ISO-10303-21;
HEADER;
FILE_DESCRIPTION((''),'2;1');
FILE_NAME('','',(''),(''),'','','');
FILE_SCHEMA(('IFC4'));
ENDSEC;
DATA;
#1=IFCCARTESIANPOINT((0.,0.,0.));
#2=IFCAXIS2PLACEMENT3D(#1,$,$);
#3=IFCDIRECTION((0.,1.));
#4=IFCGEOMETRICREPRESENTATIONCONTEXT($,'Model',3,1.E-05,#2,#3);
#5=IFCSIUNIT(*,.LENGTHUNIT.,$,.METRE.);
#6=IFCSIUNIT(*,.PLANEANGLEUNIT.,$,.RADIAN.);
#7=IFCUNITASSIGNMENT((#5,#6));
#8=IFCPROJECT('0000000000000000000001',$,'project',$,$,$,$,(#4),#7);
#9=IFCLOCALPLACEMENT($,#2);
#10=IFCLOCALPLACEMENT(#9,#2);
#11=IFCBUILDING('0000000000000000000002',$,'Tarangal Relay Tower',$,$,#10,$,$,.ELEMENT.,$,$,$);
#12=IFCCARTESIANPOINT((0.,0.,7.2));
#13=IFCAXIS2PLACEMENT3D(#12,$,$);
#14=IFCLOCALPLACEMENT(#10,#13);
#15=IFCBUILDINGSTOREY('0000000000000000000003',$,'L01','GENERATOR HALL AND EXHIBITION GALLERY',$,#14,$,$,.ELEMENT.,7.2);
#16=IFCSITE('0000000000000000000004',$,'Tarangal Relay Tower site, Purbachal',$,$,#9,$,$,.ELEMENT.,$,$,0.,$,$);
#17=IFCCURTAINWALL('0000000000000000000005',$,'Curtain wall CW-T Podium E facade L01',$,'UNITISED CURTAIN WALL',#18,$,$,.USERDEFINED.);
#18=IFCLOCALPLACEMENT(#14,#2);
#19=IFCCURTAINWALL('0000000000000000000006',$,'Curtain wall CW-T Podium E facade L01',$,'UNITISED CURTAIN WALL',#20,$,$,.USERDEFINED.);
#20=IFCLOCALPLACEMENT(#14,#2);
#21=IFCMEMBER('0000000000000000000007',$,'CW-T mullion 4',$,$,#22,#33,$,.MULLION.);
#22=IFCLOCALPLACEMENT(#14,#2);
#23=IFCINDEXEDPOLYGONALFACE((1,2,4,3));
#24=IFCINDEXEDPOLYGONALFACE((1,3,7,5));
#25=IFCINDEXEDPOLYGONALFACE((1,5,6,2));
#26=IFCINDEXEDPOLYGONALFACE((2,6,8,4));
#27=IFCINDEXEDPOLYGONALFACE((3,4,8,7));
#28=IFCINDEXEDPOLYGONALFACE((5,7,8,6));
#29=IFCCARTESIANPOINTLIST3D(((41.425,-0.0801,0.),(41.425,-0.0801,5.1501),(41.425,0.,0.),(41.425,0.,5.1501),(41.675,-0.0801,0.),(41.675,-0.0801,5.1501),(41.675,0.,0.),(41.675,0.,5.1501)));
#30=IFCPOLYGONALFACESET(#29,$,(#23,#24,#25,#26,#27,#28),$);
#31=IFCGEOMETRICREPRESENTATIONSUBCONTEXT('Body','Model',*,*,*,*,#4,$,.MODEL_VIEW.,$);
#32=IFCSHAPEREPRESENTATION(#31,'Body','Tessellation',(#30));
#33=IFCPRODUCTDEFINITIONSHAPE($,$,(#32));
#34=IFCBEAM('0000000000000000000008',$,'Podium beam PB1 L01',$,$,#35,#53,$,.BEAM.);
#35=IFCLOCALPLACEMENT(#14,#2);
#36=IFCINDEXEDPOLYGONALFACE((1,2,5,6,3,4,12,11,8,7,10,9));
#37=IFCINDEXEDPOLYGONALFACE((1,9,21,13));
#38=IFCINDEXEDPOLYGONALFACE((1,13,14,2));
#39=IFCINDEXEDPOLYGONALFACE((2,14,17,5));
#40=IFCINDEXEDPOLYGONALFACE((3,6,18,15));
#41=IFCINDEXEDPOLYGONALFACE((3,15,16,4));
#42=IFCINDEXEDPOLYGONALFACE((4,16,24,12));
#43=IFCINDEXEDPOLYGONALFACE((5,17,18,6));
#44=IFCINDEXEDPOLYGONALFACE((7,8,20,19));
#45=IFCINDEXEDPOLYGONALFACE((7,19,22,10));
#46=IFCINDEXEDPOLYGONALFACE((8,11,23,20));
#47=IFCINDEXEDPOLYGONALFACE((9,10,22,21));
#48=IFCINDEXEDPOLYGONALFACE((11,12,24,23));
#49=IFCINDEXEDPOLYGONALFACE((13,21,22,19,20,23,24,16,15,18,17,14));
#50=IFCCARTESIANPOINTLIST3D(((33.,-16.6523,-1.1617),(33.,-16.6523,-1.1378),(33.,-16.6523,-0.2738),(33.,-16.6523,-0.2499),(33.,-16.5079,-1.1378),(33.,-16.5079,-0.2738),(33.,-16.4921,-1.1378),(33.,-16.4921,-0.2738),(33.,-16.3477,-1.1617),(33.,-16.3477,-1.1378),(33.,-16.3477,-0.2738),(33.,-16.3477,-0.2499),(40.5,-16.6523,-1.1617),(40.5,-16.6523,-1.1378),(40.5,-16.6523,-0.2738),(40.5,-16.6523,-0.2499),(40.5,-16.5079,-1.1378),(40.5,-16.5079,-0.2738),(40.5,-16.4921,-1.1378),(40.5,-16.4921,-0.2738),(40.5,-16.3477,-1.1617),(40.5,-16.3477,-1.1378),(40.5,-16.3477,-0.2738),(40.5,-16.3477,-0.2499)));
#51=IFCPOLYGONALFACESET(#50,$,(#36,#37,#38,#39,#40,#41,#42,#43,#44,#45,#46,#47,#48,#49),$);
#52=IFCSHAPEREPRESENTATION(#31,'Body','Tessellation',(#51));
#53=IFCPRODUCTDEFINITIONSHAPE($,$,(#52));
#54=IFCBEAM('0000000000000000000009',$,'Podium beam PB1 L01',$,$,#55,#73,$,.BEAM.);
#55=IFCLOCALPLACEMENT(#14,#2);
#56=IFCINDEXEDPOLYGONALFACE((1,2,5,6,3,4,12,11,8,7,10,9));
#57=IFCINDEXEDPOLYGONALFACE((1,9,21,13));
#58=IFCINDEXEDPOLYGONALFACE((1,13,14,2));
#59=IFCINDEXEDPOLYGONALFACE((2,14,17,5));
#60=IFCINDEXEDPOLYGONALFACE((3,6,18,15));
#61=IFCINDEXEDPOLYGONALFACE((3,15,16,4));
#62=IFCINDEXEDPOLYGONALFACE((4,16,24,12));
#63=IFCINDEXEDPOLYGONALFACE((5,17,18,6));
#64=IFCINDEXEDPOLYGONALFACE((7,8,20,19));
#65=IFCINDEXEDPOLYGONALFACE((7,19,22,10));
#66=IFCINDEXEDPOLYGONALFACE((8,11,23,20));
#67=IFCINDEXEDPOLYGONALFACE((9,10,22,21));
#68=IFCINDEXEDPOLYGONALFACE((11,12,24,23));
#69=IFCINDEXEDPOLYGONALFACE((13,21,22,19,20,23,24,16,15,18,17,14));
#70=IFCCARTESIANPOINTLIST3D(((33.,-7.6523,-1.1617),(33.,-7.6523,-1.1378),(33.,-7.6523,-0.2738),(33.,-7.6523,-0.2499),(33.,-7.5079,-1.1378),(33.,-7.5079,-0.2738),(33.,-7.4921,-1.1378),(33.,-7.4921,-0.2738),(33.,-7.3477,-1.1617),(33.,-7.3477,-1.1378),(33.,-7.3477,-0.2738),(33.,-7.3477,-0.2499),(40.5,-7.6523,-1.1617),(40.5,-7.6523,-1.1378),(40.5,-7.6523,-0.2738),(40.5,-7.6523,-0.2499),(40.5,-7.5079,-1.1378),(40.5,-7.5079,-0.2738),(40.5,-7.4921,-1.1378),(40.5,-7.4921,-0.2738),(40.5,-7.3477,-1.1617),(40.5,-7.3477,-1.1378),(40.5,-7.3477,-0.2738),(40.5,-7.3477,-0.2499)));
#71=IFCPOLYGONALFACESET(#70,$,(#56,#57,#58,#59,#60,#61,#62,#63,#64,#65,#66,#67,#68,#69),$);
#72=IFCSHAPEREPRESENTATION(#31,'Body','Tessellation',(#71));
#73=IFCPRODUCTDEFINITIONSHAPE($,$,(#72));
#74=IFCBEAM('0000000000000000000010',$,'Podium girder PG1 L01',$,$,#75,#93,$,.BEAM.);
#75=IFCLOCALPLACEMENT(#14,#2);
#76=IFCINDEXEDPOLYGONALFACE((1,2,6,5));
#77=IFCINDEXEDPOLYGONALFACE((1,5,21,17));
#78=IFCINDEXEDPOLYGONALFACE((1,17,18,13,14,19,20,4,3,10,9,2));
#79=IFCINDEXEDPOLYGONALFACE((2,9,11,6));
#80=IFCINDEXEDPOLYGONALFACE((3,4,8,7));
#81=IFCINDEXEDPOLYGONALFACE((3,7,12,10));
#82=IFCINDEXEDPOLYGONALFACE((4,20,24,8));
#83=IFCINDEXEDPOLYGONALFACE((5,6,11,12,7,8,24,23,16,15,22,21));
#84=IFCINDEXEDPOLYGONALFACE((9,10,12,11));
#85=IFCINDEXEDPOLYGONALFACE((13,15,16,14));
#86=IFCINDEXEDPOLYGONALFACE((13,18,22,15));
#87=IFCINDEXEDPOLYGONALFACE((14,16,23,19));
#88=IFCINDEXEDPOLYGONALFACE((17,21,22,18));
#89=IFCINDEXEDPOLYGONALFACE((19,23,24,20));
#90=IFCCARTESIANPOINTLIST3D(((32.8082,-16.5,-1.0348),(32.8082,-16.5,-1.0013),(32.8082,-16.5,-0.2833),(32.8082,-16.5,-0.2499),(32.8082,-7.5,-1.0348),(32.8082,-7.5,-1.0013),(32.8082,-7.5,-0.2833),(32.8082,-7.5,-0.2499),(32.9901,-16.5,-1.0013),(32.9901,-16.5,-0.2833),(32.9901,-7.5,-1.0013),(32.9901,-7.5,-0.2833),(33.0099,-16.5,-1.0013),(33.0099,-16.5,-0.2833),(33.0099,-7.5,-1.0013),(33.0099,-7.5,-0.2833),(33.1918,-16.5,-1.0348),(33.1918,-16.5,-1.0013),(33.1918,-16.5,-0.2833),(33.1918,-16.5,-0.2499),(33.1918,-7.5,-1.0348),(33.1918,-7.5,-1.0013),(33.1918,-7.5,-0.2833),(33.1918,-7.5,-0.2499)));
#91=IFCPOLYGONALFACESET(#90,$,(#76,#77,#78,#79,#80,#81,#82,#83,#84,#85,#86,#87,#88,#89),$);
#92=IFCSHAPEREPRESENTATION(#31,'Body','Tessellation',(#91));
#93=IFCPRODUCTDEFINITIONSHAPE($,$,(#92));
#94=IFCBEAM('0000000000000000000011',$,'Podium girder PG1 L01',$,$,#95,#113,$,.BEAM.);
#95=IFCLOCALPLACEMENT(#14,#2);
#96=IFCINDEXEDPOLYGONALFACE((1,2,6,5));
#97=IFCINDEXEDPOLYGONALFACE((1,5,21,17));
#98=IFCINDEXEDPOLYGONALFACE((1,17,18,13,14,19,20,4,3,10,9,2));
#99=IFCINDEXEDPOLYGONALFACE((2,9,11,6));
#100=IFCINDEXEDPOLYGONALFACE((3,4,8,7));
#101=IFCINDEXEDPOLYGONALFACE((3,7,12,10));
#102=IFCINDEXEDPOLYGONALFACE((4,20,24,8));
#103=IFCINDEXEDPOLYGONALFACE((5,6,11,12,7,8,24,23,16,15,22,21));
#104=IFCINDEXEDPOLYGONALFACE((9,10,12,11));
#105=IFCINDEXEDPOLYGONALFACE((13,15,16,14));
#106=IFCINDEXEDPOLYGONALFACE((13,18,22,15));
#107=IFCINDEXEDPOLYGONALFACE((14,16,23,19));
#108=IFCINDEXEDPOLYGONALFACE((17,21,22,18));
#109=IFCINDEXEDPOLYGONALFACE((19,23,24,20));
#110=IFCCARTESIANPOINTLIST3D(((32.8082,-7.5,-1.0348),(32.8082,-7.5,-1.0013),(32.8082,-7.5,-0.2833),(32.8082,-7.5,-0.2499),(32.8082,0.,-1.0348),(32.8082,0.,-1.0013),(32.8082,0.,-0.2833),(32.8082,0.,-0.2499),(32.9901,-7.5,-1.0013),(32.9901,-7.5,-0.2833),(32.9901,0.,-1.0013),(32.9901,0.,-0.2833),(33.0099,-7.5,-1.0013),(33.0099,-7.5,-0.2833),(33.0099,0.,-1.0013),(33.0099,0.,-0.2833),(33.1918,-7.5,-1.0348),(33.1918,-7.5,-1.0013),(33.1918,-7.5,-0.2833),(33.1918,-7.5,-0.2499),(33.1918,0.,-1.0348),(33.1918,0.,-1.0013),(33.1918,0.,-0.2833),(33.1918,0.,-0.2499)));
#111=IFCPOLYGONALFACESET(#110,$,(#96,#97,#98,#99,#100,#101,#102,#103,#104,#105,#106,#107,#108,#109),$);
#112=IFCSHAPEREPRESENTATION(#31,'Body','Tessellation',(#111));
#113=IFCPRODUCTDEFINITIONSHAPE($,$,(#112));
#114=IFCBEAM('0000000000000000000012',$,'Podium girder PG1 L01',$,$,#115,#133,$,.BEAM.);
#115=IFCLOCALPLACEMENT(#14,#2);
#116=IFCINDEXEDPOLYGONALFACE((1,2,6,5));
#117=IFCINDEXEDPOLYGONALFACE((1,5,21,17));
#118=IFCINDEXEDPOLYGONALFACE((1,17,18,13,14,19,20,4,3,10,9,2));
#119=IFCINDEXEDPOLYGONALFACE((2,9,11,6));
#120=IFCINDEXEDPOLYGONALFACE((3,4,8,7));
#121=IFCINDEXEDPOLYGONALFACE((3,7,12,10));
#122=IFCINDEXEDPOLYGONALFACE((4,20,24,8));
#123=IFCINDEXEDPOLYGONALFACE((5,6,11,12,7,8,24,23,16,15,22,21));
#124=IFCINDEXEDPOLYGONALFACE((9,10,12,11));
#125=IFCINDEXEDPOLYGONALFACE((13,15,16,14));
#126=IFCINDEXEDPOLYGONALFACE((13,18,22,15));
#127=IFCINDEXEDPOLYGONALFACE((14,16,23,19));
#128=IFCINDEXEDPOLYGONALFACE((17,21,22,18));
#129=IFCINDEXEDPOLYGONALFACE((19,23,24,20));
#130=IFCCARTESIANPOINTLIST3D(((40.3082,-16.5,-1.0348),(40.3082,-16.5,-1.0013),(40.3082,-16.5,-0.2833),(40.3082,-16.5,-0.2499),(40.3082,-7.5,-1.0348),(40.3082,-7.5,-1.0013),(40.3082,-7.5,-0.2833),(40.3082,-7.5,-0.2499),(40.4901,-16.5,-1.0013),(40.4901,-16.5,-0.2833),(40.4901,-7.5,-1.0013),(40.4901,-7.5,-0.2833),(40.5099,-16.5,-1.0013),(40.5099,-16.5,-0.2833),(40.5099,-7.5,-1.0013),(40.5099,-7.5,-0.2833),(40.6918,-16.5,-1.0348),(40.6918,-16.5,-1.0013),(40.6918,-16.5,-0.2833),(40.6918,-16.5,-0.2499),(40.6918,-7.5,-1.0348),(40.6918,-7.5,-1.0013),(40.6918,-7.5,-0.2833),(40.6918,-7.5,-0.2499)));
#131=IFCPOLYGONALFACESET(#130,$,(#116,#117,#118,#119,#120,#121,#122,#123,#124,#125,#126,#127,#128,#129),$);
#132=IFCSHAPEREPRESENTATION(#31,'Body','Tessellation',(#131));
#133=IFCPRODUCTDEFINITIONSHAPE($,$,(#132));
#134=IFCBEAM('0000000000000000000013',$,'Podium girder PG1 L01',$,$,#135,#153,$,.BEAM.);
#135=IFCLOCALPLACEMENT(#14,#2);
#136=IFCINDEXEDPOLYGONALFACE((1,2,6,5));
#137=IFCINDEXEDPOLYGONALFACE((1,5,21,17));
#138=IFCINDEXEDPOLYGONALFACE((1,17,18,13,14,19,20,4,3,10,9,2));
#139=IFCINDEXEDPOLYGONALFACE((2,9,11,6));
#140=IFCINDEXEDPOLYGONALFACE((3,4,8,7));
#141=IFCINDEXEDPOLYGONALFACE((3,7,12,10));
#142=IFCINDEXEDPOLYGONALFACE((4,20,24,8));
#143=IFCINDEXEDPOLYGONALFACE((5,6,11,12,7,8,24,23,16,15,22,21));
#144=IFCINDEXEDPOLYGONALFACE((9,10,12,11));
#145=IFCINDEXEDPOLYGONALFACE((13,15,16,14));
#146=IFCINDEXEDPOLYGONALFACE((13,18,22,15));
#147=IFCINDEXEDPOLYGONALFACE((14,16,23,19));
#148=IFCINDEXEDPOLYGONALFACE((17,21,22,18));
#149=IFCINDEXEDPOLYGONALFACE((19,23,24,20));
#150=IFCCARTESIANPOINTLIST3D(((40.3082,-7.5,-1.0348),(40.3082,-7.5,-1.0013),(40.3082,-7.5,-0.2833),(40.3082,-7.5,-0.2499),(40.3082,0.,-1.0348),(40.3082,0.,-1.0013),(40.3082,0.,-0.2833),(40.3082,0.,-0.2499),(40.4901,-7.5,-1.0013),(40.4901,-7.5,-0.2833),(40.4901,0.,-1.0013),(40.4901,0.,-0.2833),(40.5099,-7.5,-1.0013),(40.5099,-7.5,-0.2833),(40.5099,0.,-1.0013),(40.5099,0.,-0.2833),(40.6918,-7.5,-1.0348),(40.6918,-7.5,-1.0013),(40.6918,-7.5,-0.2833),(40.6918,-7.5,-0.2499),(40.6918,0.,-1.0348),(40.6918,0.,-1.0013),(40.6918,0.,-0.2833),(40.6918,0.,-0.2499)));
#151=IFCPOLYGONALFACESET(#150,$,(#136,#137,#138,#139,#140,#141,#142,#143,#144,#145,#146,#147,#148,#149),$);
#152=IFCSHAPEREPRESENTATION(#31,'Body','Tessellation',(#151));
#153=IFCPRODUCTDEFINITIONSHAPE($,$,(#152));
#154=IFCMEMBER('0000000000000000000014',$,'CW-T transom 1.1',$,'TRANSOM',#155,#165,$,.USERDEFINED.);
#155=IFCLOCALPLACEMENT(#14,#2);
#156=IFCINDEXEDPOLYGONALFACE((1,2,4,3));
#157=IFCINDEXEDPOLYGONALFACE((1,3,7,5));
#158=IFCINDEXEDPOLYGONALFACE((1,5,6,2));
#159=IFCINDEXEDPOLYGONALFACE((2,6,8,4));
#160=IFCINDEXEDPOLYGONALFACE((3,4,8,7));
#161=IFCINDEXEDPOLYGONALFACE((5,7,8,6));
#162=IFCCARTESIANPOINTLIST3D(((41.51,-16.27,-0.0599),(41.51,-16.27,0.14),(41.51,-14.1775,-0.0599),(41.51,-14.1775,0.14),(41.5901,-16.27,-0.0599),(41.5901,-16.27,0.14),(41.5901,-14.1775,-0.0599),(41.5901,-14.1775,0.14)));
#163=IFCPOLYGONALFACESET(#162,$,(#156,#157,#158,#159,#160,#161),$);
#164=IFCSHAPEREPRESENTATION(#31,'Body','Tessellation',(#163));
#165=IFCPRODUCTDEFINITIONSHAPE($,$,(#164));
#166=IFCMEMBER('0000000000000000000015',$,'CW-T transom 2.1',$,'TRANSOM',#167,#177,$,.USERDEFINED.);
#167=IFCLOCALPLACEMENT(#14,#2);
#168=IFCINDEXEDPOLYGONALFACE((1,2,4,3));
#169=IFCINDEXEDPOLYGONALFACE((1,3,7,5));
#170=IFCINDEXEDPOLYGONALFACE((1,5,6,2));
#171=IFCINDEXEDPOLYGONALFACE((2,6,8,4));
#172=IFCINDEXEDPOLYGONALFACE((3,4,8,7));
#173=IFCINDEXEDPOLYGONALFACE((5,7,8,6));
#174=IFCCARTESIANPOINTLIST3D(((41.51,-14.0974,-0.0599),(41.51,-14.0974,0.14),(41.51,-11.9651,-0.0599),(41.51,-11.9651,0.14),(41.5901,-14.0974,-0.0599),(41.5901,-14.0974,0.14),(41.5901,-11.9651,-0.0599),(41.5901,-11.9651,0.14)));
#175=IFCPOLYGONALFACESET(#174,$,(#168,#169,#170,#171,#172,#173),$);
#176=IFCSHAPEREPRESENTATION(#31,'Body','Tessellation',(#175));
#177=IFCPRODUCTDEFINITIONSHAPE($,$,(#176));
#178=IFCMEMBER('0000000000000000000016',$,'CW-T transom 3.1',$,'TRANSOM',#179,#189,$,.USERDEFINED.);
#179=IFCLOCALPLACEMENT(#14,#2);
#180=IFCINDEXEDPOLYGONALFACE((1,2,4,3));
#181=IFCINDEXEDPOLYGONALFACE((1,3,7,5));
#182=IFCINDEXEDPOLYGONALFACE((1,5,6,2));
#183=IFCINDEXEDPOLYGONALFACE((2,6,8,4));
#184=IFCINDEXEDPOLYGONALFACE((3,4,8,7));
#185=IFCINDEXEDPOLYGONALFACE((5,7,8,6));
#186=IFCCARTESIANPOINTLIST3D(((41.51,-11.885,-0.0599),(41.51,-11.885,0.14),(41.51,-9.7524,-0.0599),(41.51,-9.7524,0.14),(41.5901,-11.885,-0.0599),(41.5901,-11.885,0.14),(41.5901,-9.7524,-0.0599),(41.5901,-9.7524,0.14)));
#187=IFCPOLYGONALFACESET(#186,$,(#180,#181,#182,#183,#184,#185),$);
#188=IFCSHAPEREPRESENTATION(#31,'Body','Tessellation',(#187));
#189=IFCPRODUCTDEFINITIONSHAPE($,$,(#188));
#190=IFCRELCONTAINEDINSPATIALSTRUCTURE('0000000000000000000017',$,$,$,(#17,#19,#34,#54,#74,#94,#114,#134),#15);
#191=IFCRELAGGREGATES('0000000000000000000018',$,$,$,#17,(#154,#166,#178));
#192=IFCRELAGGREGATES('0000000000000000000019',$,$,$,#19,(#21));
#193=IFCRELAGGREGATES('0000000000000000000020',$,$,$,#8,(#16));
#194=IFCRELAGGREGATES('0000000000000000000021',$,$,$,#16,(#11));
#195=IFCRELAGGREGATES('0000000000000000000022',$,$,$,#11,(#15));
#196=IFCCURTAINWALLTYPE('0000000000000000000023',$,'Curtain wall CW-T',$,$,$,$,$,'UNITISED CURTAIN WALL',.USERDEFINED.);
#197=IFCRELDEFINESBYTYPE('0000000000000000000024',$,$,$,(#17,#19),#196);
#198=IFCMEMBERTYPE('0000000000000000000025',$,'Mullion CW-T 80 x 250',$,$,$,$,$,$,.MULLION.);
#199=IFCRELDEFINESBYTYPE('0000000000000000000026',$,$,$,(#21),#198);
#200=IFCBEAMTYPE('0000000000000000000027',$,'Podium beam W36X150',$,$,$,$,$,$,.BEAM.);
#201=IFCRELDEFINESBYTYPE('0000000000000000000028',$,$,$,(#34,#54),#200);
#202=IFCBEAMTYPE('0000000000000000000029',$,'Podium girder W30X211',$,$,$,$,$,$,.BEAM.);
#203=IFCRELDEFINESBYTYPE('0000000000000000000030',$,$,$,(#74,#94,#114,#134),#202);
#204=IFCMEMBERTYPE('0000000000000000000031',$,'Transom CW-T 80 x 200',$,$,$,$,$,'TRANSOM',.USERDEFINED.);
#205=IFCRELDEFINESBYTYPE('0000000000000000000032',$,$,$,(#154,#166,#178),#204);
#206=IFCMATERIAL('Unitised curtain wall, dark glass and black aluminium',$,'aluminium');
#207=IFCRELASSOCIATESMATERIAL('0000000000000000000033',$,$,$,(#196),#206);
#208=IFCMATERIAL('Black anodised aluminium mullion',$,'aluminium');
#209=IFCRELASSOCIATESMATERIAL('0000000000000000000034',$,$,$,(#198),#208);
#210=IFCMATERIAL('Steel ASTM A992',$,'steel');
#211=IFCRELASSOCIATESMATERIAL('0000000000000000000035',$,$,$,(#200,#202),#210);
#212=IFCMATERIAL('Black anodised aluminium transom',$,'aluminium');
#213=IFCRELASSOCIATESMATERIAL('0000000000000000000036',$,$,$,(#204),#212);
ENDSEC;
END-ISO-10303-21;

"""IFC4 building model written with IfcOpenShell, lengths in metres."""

from ifc_helpers import new_model, si_unit, direction, frame, origin, origin_2d, place, context, subcontext, project, spatial, rectangle, i_section, extrude, material, material_profile, profile_set, type_object, element, aggregate, save


model = new_model("IFC4")

# Units and contexts
model_context = context("Model", 3, precision=1e-05, world=origin(), true_north=direction((0.0, 1.0)))
body_context = subcontext(model_context, "Body", "Model", "MODEL_VIEW")
ifc_project = project(units=[si_unit("LENGTHUNIT", "METRE"), si_unit("PLANEANGLEUNIT", "RADIAN")], contexts=[model_context])

# Site, building, storey
site_placement = place(None, origin())
site = spatial("IfcSite", under=ifc_project, at=site_placement, Name="Tarangal Relay Tower site, Purbachal", CompositionType="ELEMENT", RefElevation=0.0)
building_placement = place(site_placement, origin())
building = spatial("IfcBuilding", under=site, at=building_placement, Name="Tarangal Relay Tower", CompositionType="ELEMENT")
storey_placement = place(building_placement, frame((0.0, 0.0, 7.2)))
storey = spatial("IfcBuildingStorey", under=building, at=storey_placement, Name="L01", Description="GENERATOR HALL AND EXHIBITION GALLERY", CompositionType="ELEMENT", Elevation=7.2)

# Shared definitions
ifc_material_1 = material(Name="Steel ASTM A992", Category="steel")

# Shared definitions
ifc_material_2 = material(Name="Unitised curtain wall, dark glass and black aluminium", Category="aluminium")
ifc_material_3 = material(Name="Black anodised aluminium mullion", Category="aluminium")

# Curtain walls, member
curtain_wall_type_1 = type_object("IfcCurtainWallType", Name="Curtain wall CW-T", ElementType="UNITISED CURTAIN WALL", PredefinedType="USERDEFINED", material=ifc_material_2)
curtain_wall_1_placement = place(storey_placement, origin())
curtain_wall_1 = element("IfcCurtainWall", 1, at=curtain_wall_1_placement, inside=storey, type_object=curtain_wall_type_1, Name="Curtain wall CW-T Podium E facade L01", ObjectType="UNITISED CURTAIN WALL", PredefinedType="USERDEFINED")
ifc_material_profile_1 = material_profile(ifc_material_3, rectangle(XDim=0.25, YDim=0.0801, at=origin_2d()), Name="CW-TM 80X250")
ifc_profile_set_1 = profile_set([ifc_material_profile_1], Name="Black anodised aluminium mullion")
member_type_1 = type_object("IfcMemberType", Name="Mullion CW-T 80 x 250", PredefinedType="MULLION", material=ifc_profile_set_1)
curtain_wall_2_placement = place(storey_placement, origin())
curtain_wall_2 = element("IfcCurtainWall", 2, at=curtain_wall_2_placement, inside=storey, type_object=curtain_wall_type_1, Name="Curtain wall CW-T Podium E facade L01", ObjectType="UNITISED CURTAIN WALL", PredefinedType="USERDEFINED")
member_1_placement = place(storey_placement, frame((41.55, -0.04, 0.0), z_axis=(0.0, 0.0, 1.0), x_axis=(-1.0, 0.0, 0.0)))
member_1 = element("IfcMember", 3, at=member_1_placement, type_object=member_type_1, Name="CW-T mullion 4", PredefinedType="MULLION", context=body_context, shape_type="SweptSolid", body=[
    extrude(rectangle(XDim=0.25, YDim=0.0801, at=origin_2d()), origin(), (0.0, 0.0, 1.0), 5.1501),
])

# Beams
ifc_material_profile_2 = material_profile(ifc_material_1, i_section(OverallWidth=0.3047, OverallDepth=0.9119, WebThickness=0.0159, FlangeThickness=0.0239, at=origin_2d()), Name="W36X150")
ifc_profile_set_2 = profile_set([ifc_material_profile_2], Name="Steel ASTM A992")
beam_type_1 = type_object("IfcBeamType", Name="Podium beam W36X150", PredefinedType="BEAM", material=ifc_profile_set_2)
for number, where, z_axis, x_axis, name in (
    (4, (33.0, -16.5, -0.7058), (1.0, 0.0, 0.0), (0.0, 1.0, 0.0), "Podium beam PB1 L01"),
    (5, (33.0, -7.5, -0.7058), (1.0, 0.0, 0.0), (0.0, 1.0, 0.0), "Podium beam PB1 L01"),
):
    element("IfcBeam", number, at=place(storey_placement, frame(where, z_axis=z_axis, x_axis=x_axis)), inside=storey, type_object=beam_type_1, Name=name, PredefinedType="BEAM", context=body_context, shape_type="SweptSolid", body=[
        extrude(i_section(OverallWidth=0.3047, OverallDepth=0.9119, WebThickness=0.0159, FlangeThickness=0.0239, at=origin_2d()), origin(), (0.0, 0.0, 1.0), 7.5),
    ])
ifc_material_profile_3 = material_profile(ifc_material_1, i_section(OverallWidth=0.3835, OverallDepth=0.7849, WebThickness=0.0198, FlangeThickness=0.0334, at=origin_2d()), Name="W30X211")
ifc_profile_set_3 = profile_set([ifc_material_profile_3], Name="Steel ASTM A992")
beam_type_2 = type_object("IfcBeamType", Name="Podium girder W30X211", PredefinedType="BEAM", material=ifc_profile_set_3)
beam_1_placement = place(storey_placement, frame((33.0, -16.5, -0.6423), z_axis=(0.0, 1.0, 0.0), x_axis=(-1.0, 0.0, 0.0)))
element("IfcBeam", 6, at=beam_1_placement, inside=storey, type_object=beam_type_2, Name="Podium girder PG1 L01", PredefinedType="BEAM", context=body_context, shape_type="SweptSolid", body=[
    extrude(i_section(OverallWidth=0.3835, OverallDepth=0.7849, WebThickness=0.0198, FlangeThickness=0.0334, at=origin_2d()), origin(), (0.0, 0.0, 1.0), 9.0),
])
beam_2_placement = place(storey_placement, frame((33.0, -7.5, -0.6423), z_axis=(0.0, 1.0, 0.0), x_axis=(-1.0, 0.0, 0.0)))
element("IfcBeam", 7, at=beam_2_placement, inside=storey, type_object=beam_type_2, Name="Podium girder PG1 L01", PredefinedType="BEAM", context=body_context, shape_type="SweptSolid", body=[
    extrude(i_section(OverallWidth=0.3835, OverallDepth=0.7849, WebThickness=0.0198, FlangeThickness=0.0334, at=origin_2d()), origin(), (0.0, 0.0, 1.0), 7.5),
])
beam_3_placement = place(storey_placement, frame((40.5, -16.5, -0.6423), z_axis=(0.0, 1.0, 0.0), x_axis=(-1.0, 0.0, 0.0)))
element("IfcBeam", 8, at=beam_3_placement, inside=storey, type_object=beam_type_2, Name="Podium girder PG1 L01", PredefinedType="BEAM", context=body_context, shape_type="SweptSolid", body=[
    extrude(i_section(OverallWidth=0.3835, OverallDepth=0.7849, WebThickness=0.0198, FlangeThickness=0.0334, at=origin_2d()), origin(), (0.0, 0.0, 1.0), 9.0),
])
beam_4_placement = place(storey_placement, frame((40.5, -7.5, -0.6423), z_axis=(0.0, 1.0, 0.0), x_axis=(-1.0, 0.0, 0.0)))
element("IfcBeam", 9, at=beam_4_placement, inside=storey, type_object=beam_type_2, Name="Podium girder PG1 L01", PredefinedType="BEAM", context=body_context, shape_type="SweptSolid", body=[
    extrude(i_section(OverallWidth=0.3835, OverallDepth=0.7849, WebThickness=0.0198, FlangeThickness=0.0334, at=origin_2d()), origin(), (0.0, 0.0, 1.0), 7.5),
])

# Members
ifc_material_4 = material(Name="Black anodised aluminium transom", Category="aluminium")
ifc_material_profile_4 = material_profile(ifc_material_4, rectangle(XDim=0.0801, YDim=0.2, at=origin_2d()), Name="CW-TT 80X200")
ifc_profile_set_4 = profile_set([ifc_material_profile_4], Name="Black anodised aluminium transom")
member_type_2 = type_object("IfcMemberType", Name="Transom CW-T 80 x 200", ElementType="TRANSOM", PredefinedType="USERDEFINED", material=ifc_profile_set_4)
member_2_placement = place(storey_placement, frame((41.55, -16.27, 0.04), z_axis=(0.0, 1.0, 0.0), x_axis=(-1.0, 0.0, 0.0)))
member_2 = element("IfcMember", 10, at=member_2_placement, type_object=member_type_2, Name="CW-T transom 1.1", ObjectType="TRANSOM", PredefinedType="USERDEFINED", context=body_context, shape_type="SweptSolid", body=[
    extrude(rectangle(XDim=0.0801, YDim=0.2, at=origin_2d()), origin(), (0.0, 0.0, 1.0), 2.0925),
])
member_3_placement = place(storey_placement, frame((41.55, -14.0974, 0.04), z_axis=(0.0, 1.0, 0.0), x_axis=(-1.0, 0.0, 0.0)))
member_3 = element("IfcMember", 11, at=member_3_placement, type_object=member_type_2, Name="CW-T transom 2.1", ObjectType="TRANSOM", PredefinedType="USERDEFINED", context=body_context, shape_type="SweptSolid", body=[
    extrude(rectangle(XDim=0.0801, YDim=0.2, at=origin_2d()), origin(), (0.0, 0.0, 1.0), 2.1323),
])
member_4_placement = place(storey_placement, frame((41.55, -11.885, 0.04), z_axis=(0.0, 1.0, 0.0), x_axis=(-1.0, 0.0, 0.0)))
member_4 = element("IfcMember", 12, at=member_4_placement, type_object=member_type_2, Name="CW-T transom 3.1", ObjectType="TRANSOM", PredefinedType="USERDEFINED", context=body_context, shape_type="SweptSolid", body=[
    extrude(rectangle(XDim=0.0801, YDim=0.2, at=origin_2d()), origin(), (0.0, 0.0, 1.0), 2.1326),
])

aggregate(curtain_wall_1, [member_2, member_3, member_4])
aggregate(curtain_wall_2, [member_1])

save(model, "model.ifc")
